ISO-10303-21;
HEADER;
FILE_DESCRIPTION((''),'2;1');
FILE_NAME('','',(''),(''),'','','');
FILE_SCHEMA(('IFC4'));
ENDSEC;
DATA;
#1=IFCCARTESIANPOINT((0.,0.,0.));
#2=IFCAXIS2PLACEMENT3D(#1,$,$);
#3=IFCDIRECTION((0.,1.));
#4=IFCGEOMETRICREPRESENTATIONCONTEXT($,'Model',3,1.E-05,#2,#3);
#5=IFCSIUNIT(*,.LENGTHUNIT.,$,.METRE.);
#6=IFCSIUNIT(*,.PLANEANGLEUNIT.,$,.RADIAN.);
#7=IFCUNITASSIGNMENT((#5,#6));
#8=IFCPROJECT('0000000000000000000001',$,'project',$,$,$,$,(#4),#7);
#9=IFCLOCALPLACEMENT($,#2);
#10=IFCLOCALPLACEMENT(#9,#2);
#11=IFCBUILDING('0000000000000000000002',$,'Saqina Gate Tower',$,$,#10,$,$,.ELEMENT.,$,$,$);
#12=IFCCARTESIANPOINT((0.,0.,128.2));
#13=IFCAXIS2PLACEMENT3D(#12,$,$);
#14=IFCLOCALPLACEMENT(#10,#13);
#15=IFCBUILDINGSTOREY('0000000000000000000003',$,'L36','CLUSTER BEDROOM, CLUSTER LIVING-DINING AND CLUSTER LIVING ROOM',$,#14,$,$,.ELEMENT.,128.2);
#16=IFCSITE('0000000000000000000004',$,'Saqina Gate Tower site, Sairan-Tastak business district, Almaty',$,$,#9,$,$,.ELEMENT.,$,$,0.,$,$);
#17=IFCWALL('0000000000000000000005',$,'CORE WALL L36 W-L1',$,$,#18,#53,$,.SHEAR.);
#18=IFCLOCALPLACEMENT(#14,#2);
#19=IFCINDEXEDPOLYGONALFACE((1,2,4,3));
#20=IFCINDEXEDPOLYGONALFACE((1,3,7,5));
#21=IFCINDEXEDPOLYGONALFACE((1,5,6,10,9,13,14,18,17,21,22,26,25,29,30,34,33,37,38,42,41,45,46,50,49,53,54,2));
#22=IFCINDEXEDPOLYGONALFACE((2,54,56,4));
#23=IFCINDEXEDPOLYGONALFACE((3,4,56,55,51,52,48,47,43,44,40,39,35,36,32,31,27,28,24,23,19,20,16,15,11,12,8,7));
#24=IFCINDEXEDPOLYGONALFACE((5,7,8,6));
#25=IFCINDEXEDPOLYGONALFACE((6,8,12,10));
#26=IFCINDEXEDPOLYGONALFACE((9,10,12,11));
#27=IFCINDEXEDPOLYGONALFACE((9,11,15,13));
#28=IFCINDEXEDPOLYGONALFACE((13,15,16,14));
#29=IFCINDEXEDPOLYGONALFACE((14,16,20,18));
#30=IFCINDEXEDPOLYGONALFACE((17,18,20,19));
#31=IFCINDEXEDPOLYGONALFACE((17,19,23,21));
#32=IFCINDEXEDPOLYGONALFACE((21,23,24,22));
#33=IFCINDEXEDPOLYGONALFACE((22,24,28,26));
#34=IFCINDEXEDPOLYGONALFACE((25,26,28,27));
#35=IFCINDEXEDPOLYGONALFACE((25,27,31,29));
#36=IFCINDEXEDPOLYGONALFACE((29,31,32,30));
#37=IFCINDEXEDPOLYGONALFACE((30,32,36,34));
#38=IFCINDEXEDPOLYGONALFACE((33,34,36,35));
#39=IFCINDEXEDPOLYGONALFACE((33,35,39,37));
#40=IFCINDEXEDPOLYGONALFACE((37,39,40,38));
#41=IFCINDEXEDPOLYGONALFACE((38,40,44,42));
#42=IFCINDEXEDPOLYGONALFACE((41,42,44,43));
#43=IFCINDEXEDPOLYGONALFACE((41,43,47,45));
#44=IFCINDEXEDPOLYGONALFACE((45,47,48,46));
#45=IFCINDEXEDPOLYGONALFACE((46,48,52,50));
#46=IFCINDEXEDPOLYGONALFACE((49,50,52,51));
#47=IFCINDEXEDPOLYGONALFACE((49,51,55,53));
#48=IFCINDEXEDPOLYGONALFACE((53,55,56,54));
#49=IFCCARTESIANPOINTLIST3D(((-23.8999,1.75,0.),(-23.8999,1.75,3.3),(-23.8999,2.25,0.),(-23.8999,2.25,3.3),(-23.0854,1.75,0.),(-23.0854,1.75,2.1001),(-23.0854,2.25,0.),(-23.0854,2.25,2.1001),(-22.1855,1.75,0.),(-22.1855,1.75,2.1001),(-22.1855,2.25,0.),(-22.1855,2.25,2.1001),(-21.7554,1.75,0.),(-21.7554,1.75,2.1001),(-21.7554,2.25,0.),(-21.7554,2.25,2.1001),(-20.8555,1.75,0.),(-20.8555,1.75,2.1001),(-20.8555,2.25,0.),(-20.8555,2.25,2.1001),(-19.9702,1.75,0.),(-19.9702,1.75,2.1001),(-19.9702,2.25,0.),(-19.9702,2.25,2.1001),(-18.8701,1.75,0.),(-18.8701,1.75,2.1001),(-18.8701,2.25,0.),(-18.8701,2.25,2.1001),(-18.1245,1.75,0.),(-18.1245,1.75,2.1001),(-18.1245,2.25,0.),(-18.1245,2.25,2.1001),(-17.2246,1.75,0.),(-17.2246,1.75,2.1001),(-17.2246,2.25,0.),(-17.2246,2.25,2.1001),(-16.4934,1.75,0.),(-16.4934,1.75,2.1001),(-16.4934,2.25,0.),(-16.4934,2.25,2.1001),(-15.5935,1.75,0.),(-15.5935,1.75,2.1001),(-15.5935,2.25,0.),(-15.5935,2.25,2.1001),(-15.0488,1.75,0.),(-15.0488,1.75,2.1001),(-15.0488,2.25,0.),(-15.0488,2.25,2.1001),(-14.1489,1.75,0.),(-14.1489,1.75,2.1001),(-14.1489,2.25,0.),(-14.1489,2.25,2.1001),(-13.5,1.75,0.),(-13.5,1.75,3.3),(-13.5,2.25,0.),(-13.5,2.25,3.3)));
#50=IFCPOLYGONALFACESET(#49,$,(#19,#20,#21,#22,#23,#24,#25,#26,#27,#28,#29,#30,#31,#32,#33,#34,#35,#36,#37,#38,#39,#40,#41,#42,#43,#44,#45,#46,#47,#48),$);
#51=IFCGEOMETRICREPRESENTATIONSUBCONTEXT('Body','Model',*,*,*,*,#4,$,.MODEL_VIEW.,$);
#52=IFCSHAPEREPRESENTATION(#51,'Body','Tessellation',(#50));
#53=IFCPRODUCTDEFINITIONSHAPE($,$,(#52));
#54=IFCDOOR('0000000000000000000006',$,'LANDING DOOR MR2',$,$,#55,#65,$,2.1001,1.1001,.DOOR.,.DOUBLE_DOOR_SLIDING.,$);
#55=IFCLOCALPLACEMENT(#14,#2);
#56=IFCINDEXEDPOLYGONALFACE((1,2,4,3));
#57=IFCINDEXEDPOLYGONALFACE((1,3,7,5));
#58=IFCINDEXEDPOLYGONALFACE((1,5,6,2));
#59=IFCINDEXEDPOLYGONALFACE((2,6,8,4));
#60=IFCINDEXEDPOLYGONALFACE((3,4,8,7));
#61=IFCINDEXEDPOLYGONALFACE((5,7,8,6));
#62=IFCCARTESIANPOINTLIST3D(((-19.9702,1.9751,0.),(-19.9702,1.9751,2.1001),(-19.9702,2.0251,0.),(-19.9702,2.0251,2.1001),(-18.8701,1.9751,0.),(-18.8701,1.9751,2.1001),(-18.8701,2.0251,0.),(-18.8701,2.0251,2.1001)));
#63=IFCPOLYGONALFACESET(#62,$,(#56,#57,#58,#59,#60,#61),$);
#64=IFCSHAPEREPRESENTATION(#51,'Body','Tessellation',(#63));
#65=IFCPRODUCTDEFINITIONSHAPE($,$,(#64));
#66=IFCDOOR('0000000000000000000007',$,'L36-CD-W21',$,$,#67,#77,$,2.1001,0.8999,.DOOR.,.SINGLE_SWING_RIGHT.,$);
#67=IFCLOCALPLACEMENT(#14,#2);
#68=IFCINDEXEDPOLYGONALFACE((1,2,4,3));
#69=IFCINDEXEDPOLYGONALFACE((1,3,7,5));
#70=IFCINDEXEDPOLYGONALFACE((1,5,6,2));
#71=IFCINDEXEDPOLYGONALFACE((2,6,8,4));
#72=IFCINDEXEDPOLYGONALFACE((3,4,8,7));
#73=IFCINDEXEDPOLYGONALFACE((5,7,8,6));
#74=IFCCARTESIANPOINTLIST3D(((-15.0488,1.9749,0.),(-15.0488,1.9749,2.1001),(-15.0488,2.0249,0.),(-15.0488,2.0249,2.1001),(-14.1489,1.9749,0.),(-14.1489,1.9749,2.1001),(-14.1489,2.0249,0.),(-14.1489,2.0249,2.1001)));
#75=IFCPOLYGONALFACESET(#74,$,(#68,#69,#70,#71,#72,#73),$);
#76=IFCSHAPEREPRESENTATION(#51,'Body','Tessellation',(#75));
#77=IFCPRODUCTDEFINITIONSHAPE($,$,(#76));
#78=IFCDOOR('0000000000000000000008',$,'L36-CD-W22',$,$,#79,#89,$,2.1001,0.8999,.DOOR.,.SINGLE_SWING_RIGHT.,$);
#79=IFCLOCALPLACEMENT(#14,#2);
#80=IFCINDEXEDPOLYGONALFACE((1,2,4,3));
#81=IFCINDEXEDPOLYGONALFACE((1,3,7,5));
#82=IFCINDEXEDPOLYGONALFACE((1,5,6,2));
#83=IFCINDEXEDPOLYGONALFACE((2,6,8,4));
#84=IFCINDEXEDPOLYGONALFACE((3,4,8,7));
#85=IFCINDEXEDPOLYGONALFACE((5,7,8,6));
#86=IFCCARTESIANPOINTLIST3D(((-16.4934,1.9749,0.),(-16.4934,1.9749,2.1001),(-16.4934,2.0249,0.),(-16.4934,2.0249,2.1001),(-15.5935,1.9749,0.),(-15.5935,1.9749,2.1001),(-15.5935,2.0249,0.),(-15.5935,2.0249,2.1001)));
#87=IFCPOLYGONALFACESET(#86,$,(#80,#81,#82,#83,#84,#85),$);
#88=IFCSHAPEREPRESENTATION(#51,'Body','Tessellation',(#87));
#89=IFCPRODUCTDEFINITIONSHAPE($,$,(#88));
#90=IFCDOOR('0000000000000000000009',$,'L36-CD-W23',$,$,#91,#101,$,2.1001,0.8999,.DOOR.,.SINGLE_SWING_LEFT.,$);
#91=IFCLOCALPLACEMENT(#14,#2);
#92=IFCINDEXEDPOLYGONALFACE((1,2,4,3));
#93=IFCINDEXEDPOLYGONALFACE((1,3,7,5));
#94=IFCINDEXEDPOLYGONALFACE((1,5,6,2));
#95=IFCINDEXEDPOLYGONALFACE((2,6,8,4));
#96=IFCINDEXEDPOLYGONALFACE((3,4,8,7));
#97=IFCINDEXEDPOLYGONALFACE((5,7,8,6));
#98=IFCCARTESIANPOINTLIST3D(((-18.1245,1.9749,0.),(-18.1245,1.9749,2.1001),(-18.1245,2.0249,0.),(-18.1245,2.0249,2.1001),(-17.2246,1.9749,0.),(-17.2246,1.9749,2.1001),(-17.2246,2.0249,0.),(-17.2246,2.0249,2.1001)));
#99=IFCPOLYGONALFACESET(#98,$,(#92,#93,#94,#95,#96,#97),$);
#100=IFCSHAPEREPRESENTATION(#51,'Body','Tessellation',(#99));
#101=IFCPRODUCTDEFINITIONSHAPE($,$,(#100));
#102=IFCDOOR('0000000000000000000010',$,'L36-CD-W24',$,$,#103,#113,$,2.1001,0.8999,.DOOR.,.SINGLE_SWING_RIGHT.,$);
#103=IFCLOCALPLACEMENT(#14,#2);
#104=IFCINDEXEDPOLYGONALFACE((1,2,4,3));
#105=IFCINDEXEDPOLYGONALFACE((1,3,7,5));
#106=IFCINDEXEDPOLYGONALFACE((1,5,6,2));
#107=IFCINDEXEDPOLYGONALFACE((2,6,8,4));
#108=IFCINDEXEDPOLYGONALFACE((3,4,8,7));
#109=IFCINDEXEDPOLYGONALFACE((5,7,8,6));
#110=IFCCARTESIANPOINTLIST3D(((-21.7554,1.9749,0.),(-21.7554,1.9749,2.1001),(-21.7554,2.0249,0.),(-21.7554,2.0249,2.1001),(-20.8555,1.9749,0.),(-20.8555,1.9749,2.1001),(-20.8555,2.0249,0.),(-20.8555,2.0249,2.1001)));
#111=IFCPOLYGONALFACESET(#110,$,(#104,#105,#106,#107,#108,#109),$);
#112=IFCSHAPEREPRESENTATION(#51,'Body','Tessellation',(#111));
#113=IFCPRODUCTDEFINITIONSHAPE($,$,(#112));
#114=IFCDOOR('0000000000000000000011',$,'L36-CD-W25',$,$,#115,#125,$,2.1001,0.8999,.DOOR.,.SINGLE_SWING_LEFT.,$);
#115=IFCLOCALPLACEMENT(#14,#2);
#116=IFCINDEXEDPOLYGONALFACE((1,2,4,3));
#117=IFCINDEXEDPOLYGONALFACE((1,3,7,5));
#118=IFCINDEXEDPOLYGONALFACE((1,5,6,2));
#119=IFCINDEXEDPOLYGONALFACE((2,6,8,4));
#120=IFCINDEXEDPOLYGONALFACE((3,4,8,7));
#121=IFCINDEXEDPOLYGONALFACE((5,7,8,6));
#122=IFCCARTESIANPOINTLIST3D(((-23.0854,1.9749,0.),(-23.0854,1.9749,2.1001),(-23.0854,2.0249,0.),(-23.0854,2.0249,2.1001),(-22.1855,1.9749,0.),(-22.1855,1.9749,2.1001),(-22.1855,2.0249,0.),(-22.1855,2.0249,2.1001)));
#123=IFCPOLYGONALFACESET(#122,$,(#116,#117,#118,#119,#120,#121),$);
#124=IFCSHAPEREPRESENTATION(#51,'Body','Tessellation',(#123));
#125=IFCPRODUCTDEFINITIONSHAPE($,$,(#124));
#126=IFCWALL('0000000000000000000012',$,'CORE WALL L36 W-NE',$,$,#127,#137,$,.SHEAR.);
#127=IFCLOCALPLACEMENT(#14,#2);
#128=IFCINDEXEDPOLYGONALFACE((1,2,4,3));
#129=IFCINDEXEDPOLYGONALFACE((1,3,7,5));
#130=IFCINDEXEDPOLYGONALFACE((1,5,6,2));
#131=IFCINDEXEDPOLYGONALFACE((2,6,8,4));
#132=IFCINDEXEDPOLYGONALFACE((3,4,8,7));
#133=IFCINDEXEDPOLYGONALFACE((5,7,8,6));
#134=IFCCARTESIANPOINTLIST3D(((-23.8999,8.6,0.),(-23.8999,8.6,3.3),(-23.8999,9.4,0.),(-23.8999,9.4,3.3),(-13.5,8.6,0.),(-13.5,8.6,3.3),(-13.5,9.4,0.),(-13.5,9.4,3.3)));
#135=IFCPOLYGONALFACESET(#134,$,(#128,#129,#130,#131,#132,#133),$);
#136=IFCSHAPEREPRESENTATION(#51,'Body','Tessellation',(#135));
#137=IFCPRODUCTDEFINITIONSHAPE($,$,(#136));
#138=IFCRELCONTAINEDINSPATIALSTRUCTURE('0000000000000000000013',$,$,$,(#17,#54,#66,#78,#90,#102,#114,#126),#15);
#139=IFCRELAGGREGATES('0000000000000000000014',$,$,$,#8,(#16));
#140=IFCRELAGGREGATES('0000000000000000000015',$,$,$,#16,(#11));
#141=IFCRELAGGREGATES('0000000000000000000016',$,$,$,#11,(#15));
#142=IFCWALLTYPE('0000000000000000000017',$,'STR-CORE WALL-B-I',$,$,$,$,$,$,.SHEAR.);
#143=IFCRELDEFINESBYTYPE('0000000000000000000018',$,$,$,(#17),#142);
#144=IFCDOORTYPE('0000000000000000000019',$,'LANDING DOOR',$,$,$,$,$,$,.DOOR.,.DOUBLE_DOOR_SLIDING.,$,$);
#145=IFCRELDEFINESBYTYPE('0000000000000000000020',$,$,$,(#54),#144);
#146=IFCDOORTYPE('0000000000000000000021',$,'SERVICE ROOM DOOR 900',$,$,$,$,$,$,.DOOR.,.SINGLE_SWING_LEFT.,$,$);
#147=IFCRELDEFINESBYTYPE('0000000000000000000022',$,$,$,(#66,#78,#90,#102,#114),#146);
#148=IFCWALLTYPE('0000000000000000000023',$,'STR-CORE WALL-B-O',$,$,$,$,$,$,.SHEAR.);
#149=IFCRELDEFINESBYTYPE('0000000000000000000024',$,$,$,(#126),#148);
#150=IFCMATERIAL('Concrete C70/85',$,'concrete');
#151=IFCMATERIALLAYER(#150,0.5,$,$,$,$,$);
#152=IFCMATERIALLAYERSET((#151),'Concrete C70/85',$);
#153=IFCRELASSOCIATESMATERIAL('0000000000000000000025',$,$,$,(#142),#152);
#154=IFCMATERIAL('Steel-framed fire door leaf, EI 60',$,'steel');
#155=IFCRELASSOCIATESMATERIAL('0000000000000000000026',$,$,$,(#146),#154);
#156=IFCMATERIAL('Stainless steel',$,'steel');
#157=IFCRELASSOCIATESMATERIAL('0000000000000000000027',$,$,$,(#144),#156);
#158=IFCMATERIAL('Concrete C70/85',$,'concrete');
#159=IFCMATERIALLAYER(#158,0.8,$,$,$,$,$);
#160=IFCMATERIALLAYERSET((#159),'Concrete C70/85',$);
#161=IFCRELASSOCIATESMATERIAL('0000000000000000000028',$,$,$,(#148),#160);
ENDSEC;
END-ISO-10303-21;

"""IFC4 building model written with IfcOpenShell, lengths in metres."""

from ifc_helpers import new_model, si_unit, direction, frame, frame_2d, origin, place, context, subcontext, project, spatial, rectangle, extrude, material, layer, layer_set, type_object, element, fill, save


model = new_model("IFC4")

# Units and contexts
model_context = context("Model", 3, precision=1e-05, world=origin(), true_north=direction((0.0, 1.0)))
body_context = subcontext(model_context, "Body", "Model", "MODEL_VIEW")
ifc_project = project(units=[si_unit("LENGTHUNIT", "METRE"), si_unit("PLANEANGLEUNIT", "RADIAN")], contexts=[model_context])

# Site, building, storey
site_placement = place(None, origin())
site = spatial("IfcSite", under=ifc_project, at=site_placement, Name="Saqina Gate Tower site, Sairan-Tastak business district, Almaty", CompositionType="ELEMENT", RefElevation=0.0)
building_placement = place(site_placement, origin())
building = spatial("IfcBuilding", under=site, at=building_placement, Name="Saqina Gate Tower", CompositionType="ELEMENT")
storey_placement = place(building_placement, frame((0.0, 0.0, 128.2)))
storey = spatial("IfcBuildingStorey", under=building, at=storey_placement, Name="L36", Description="CLUSTER BEDROOM, CLUSTER LIVING-DINING AND CLUSTER LIVING ROOM", CompositionType="ELEMENT", Elevation=128.2)

# Shared definitions
ifc_material_1 = material(Name="Concrete C70/85", Category="concrete")
ifc_layer_1 = layer(ifc_material_1, 0.5)
ifc_layer_set_1 = layer_set([ifc_layer_1], Name="Concrete C70/85")
wall_type_1 = type_object("IfcWallType", Name="STR-CORE WALL-B-I", PredefinedType="SHEAR", material=ifc_layer_set_1)
ifc_material_2 = material(Name="Steel-framed fire door leaf, EI 60", Category="steel")
door_type_1 = type_object("IfcDoorType", Name="SERVICE ROOM DOOR 900", OperationType="SINGLE_SWING_LEFT", PredefinedType="DOOR", material=ifc_material_2)

# Wall, openings, doors
wall_1_placement = place(storey_placement, frame((-13.5, 2.0, 0.0), z_axis=(0.0, 0.0, 1.0), x_axis=(-1.0, 0.0, 0.0)))
wall_1 = element("IfcWall", 1, at=wall_1_placement, inside=storey, type_object=wall_type_1, Name="CORE WALL L36 W-L1", PredefinedType="SHEAR", context=body_context, shape_type="SweptSolid", body=[
    extrude(rectangle(XDim=10.3999, YDim=0.5, at=frame_2d((5.2, 0.0))), origin(), (0.0, 0.0, 1.0), 3.3),
])
opening_1_placement = place(wall_1_placement, frame((5.3701, 0.0, 0.0)))
opening_1 = element("IfcOpeningElement", 2, at=opening_1_placement, cuts=wall_1, PredefinedType="OPENING", context=body_context, shape_type="SweptSolid", body=[
    extrude(rectangle(XDim=1.1001, YDim=2.1001, at=frame_2d((0.55, 1.05))), frame((0.0, 0.262, 0.0), z_axis=(0.0, -1.0, 0.0), x_axis=(1.0, 0.0, 0.0)), (0.0, 0.0, 1.0), 0.5239),
])
opening_2_placement = place(wall_1_placement, frame((0.6489, 0.0, 0.0)))
opening_2 = element("IfcOpeningElement", 3, at=opening_2_placement, cuts=wall_1, PredefinedType="OPENING", context=body_context, shape_type="SweptSolid", body=[
    extrude(rectangle(XDim=0.8999, YDim=2.1001, at=frame_2d((0.45, 1.05))), frame((0.0, 0.262, 0.0), z_axis=(0.0, -1.0, 0.0), x_axis=(1.0, 0.0, 0.0)), (0.0, 0.0, 1.0), 0.5239),
])
opening_3_placement = place(wall_1_placement, frame((2.0935, 0.0, 0.0)))
opening_3 = element("IfcOpeningElement", 4, at=opening_3_placement, cuts=wall_1, PredefinedType="OPENING", context=body_context, shape_type="SweptSolid", body=[
    extrude(rectangle(XDim=0.8999, YDim=2.1001, at=frame_2d((0.45, 1.05))), frame((0.0, 0.262, 0.0), z_axis=(0.0, -1.0, 0.0), x_axis=(1.0, 0.0, 0.0)), (0.0, 0.0, 1.0), 0.5239),
])
opening_4_placement = place(wall_1_placement, frame((3.7246, 0.0, 0.0)))
opening_4 = element("IfcOpeningElement", 5, at=opening_4_placement, cuts=wall_1, PredefinedType="OPENING", context=body_context, shape_type="SweptSolid", body=[
    extrude(rectangle(XDim=0.8999, YDim=2.1001, at=frame_2d((0.45, 1.05))), frame((0.0, 0.262, 0.0), z_axis=(0.0, -1.0, 0.0), x_axis=(1.0, 0.0, 0.0)), (0.0, 0.0, 1.0), 0.5239),
])
opening_5_placement = place(wall_1_placement, frame((7.3555, 0.0, 0.0)))
opening_5 = element("IfcOpeningElement", 6, at=opening_5_placement, cuts=wall_1, PredefinedType="OPENING", context=body_context, shape_type="SweptSolid", body=[
    extrude(rectangle(XDim=0.8999, YDim=2.1001, at=frame_2d((0.45, 1.05))), frame((0.0, 0.262, 0.0), z_axis=(0.0, -1.0, 0.0), x_axis=(1.0, 0.0, 0.0)), (0.0, 0.0, 1.0), 0.5239),
])
opening_6_placement = place(wall_1_placement, frame((8.6855, 0.0, 0.0)))
opening_6 = element("IfcOpeningElement", 7, at=opening_6_placement, cuts=wall_1, PredefinedType="OPENING", context=body_context, shape_type="SweptSolid", body=[
    extrude(rectangle(XDim=0.8999, YDim=2.1001, at=frame_2d((0.45, 1.05))), frame((0.0, 0.262, 0.0), z_axis=(0.0, -1.0, 0.0), x_axis=(1.0, 0.0, 0.0)), (0.0, 0.0, 1.0), 0.5239),
])
ifc_material_3 = material(Name="Stainless steel", Category="steel")
door_type_2 = type_object("IfcDoorType", Name="LANDING DOOR", OperationType="DOUBLE_DOOR_SLIDING", PredefinedType="DOOR", material=ifc_material_3)
door_1_placement = place(opening_1_placement, origin())
door_1 = element("IfcDoor", 8, at=door_1_placement, inside=storey, type_object=door_type_2, Name="LANDING DOOR MR2", OperationType="DOUBLE_DOOR_SLIDING", OverallHeight=2.1001, OverallWidth=1.1001, PredefinedType="DOOR", context=body_context, shape_type="SweptSolid", body=[
    extrude(rectangle(XDim=1.1001, YDim=2.1001, at=frame_2d((0.55, 1.05))), frame((0.0, 0.0249, 0.0), z_axis=(0.0, -1.0, 0.0), x_axis=(1.0, 0.0, 0.0)), (0.0, 0.0, 1.0), 0.05),
])
fill(opening_1, door_1)
door_2_placement = place(opening_2_placement, frame((0.8999, 0.0, 0.0), z_axis=(0.0, 0.0, 1.0), x_axis=(-1.0, 0.0, 0.0)))
door_2 = element("IfcDoor", 9, at=door_2_placement, inside=storey, type_object=door_type_1, Name="L36-CD-W21", OperationType="SINGLE_SWING_RIGHT", OverallHeight=2.1001, OverallWidth=0.8999, PredefinedType="DOOR", context=body_context, shape_type="SweptSolid", body=[
    extrude(rectangle(XDim=0.8999, YDim=2.1001, at=frame_2d((0.45, 1.05))), frame((0.0, 0.0249, 0.0), z_axis=(0.0, -1.0, 0.0), x_axis=(1.0, 0.0, 0.0)), (0.0, 0.0, 1.0), 0.05),
])
fill(opening_2, door_2)
door_3_placement = place(opening_3_placement, frame((0.8999, 0.0, 0.0), z_axis=(0.0, 0.0, 1.0), x_axis=(-1.0, 0.0, 0.0)))
door_3 = element("IfcDoor", 10, at=door_3_placement, inside=storey, type_object=door_type_1, Name="L36-CD-W22", OperationType="SINGLE_SWING_RIGHT", OverallHeight=2.1001, OverallWidth=0.8999, PredefinedType="DOOR", context=body_context, shape_type="SweptSolid", body=[
    extrude(rectangle(XDim=0.8999, YDim=2.1001, at=frame_2d((0.45, 1.05))), frame((0.0, 0.0249, 0.0), z_axis=(0.0, -1.0, 0.0), x_axis=(1.0, 0.0, 0.0)), (0.0, 0.0, 1.0), 0.05),
])
fill(opening_3, door_3)
door_4_placement = place(opening_4_placement, frame((0.8999, 0.0, 0.0), z_axis=(0.0, 0.0, 1.0), x_axis=(-1.0, 0.0, 0.0)))
door_4 = element("IfcDoor", 11, at=door_4_placement, inside=storey, type_object=door_type_1, Name="L36-CD-W23", OperationType="SINGLE_SWING_LEFT", OverallHeight=2.1001, OverallWidth=0.8999, PredefinedType="DOOR", context=body_context, shape_type="SweptSolid", body=[
    extrude(rectangle(XDim=0.8999, YDim=2.1001, at=frame_2d((0.45, 1.05))), frame((0.0, 0.0249, 0.0), z_axis=(0.0, -1.0, 0.0), x_axis=(1.0, 0.0, 0.0)), (0.0, 0.0, 1.0), 0.05),
])
fill(opening_4, door_4)
door_5_placement = place(opening_5_placement, frame((0.8999, 0.0, 0.0), z_axis=(0.0, 0.0, 1.0), x_axis=(-1.0, 0.0, 0.0)))
door_5 = element("IfcDoor", 12, at=door_5_placement, inside=storey, type_object=door_type_1, Name="L36-CD-W24", OperationType="SINGLE_SWING_RIGHT", OverallHeight=2.1001, OverallWidth=0.8999, PredefinedType="DOOR", context=body_context, shape_type="SweptSolid", body=[
    extrude(rectangle(XDim=0.8999, YDim=2.1001, at=frame_2d((0.45, 1.05))), frame((0.0, 0.0249, 0.0), z_axis=(0.0, -1.0, 0.0), x_axis=(1.0, 0.0, 0.0)), (0.0, 0.0, 1.0), 0.05),
])
fill(opening_5, door_5)
door_6_placement = place(opening_6_placement, frame((0.8999, 0.0, 0.0), z_axis=(0.0, 0.0, 1.0), x_axis=(-1.0, 0.0, 0.0)))
door_6 = element("IfcDoor", 13, at=door_6_placement, inside=storey, type_object=door_type_1, Name="L36-CD-W25", OperationType="SINGLE_SWING_LEFT", OverallHeight=2.1001, OverallWidth=0.8999, PredefinedType="DOOR", context=body_context, shape_type="SweptSolid", body=[
    extrude(rectangle(XDim=0.8999, YDim=2.1001, at=frame_2d((0.45, 1.05))), frame((0.0, 0.0249, 0.0), z_axis=(0.0, -1.0, 0.0), x_axis=(1.0, 0.0, 0.0)), (0.0, 0.0, 1.0), 0.05),
])
fill(opening_6, door_6)

# Wall
ifc_material_4 = material(Name="Concrete C70/85", Category="concrete")
ifc_layer_2 = layer(ifc_material_4, 0.8)
ifc_layer_set_2 = layer_set([ifc_layer_2], Name="Concrete C70/85")
wall_type_2 = type_object("IfcWallType", Name="STR-CORE WALL-B-O", PredefinedType="SHEAR", material=ifc_layer_set_2)
wall_2_placement = place(storey_placement, frame((-13.5, 9.0, 0.0), z_axis=(0.0, 0.0, 1.0), x_axis=(-1.0, 0.0, 0.0)))
element("IfcWall", 14, at=wall_2_placement, inside=storey, type_object=wall_type_2, Name="CORE WALL L36 W-NE", PredefinedType="SHEAR", context=body_context, shape_type="SweptSolid", body=[
    extrude(rectangle(XDim=10.3999, YDim=0.8, at=frame_2d((5.2, 0.0))), origin(), (0.0, 0.0, 1.0), 3.3),
])

save(model, "model.ifc")
